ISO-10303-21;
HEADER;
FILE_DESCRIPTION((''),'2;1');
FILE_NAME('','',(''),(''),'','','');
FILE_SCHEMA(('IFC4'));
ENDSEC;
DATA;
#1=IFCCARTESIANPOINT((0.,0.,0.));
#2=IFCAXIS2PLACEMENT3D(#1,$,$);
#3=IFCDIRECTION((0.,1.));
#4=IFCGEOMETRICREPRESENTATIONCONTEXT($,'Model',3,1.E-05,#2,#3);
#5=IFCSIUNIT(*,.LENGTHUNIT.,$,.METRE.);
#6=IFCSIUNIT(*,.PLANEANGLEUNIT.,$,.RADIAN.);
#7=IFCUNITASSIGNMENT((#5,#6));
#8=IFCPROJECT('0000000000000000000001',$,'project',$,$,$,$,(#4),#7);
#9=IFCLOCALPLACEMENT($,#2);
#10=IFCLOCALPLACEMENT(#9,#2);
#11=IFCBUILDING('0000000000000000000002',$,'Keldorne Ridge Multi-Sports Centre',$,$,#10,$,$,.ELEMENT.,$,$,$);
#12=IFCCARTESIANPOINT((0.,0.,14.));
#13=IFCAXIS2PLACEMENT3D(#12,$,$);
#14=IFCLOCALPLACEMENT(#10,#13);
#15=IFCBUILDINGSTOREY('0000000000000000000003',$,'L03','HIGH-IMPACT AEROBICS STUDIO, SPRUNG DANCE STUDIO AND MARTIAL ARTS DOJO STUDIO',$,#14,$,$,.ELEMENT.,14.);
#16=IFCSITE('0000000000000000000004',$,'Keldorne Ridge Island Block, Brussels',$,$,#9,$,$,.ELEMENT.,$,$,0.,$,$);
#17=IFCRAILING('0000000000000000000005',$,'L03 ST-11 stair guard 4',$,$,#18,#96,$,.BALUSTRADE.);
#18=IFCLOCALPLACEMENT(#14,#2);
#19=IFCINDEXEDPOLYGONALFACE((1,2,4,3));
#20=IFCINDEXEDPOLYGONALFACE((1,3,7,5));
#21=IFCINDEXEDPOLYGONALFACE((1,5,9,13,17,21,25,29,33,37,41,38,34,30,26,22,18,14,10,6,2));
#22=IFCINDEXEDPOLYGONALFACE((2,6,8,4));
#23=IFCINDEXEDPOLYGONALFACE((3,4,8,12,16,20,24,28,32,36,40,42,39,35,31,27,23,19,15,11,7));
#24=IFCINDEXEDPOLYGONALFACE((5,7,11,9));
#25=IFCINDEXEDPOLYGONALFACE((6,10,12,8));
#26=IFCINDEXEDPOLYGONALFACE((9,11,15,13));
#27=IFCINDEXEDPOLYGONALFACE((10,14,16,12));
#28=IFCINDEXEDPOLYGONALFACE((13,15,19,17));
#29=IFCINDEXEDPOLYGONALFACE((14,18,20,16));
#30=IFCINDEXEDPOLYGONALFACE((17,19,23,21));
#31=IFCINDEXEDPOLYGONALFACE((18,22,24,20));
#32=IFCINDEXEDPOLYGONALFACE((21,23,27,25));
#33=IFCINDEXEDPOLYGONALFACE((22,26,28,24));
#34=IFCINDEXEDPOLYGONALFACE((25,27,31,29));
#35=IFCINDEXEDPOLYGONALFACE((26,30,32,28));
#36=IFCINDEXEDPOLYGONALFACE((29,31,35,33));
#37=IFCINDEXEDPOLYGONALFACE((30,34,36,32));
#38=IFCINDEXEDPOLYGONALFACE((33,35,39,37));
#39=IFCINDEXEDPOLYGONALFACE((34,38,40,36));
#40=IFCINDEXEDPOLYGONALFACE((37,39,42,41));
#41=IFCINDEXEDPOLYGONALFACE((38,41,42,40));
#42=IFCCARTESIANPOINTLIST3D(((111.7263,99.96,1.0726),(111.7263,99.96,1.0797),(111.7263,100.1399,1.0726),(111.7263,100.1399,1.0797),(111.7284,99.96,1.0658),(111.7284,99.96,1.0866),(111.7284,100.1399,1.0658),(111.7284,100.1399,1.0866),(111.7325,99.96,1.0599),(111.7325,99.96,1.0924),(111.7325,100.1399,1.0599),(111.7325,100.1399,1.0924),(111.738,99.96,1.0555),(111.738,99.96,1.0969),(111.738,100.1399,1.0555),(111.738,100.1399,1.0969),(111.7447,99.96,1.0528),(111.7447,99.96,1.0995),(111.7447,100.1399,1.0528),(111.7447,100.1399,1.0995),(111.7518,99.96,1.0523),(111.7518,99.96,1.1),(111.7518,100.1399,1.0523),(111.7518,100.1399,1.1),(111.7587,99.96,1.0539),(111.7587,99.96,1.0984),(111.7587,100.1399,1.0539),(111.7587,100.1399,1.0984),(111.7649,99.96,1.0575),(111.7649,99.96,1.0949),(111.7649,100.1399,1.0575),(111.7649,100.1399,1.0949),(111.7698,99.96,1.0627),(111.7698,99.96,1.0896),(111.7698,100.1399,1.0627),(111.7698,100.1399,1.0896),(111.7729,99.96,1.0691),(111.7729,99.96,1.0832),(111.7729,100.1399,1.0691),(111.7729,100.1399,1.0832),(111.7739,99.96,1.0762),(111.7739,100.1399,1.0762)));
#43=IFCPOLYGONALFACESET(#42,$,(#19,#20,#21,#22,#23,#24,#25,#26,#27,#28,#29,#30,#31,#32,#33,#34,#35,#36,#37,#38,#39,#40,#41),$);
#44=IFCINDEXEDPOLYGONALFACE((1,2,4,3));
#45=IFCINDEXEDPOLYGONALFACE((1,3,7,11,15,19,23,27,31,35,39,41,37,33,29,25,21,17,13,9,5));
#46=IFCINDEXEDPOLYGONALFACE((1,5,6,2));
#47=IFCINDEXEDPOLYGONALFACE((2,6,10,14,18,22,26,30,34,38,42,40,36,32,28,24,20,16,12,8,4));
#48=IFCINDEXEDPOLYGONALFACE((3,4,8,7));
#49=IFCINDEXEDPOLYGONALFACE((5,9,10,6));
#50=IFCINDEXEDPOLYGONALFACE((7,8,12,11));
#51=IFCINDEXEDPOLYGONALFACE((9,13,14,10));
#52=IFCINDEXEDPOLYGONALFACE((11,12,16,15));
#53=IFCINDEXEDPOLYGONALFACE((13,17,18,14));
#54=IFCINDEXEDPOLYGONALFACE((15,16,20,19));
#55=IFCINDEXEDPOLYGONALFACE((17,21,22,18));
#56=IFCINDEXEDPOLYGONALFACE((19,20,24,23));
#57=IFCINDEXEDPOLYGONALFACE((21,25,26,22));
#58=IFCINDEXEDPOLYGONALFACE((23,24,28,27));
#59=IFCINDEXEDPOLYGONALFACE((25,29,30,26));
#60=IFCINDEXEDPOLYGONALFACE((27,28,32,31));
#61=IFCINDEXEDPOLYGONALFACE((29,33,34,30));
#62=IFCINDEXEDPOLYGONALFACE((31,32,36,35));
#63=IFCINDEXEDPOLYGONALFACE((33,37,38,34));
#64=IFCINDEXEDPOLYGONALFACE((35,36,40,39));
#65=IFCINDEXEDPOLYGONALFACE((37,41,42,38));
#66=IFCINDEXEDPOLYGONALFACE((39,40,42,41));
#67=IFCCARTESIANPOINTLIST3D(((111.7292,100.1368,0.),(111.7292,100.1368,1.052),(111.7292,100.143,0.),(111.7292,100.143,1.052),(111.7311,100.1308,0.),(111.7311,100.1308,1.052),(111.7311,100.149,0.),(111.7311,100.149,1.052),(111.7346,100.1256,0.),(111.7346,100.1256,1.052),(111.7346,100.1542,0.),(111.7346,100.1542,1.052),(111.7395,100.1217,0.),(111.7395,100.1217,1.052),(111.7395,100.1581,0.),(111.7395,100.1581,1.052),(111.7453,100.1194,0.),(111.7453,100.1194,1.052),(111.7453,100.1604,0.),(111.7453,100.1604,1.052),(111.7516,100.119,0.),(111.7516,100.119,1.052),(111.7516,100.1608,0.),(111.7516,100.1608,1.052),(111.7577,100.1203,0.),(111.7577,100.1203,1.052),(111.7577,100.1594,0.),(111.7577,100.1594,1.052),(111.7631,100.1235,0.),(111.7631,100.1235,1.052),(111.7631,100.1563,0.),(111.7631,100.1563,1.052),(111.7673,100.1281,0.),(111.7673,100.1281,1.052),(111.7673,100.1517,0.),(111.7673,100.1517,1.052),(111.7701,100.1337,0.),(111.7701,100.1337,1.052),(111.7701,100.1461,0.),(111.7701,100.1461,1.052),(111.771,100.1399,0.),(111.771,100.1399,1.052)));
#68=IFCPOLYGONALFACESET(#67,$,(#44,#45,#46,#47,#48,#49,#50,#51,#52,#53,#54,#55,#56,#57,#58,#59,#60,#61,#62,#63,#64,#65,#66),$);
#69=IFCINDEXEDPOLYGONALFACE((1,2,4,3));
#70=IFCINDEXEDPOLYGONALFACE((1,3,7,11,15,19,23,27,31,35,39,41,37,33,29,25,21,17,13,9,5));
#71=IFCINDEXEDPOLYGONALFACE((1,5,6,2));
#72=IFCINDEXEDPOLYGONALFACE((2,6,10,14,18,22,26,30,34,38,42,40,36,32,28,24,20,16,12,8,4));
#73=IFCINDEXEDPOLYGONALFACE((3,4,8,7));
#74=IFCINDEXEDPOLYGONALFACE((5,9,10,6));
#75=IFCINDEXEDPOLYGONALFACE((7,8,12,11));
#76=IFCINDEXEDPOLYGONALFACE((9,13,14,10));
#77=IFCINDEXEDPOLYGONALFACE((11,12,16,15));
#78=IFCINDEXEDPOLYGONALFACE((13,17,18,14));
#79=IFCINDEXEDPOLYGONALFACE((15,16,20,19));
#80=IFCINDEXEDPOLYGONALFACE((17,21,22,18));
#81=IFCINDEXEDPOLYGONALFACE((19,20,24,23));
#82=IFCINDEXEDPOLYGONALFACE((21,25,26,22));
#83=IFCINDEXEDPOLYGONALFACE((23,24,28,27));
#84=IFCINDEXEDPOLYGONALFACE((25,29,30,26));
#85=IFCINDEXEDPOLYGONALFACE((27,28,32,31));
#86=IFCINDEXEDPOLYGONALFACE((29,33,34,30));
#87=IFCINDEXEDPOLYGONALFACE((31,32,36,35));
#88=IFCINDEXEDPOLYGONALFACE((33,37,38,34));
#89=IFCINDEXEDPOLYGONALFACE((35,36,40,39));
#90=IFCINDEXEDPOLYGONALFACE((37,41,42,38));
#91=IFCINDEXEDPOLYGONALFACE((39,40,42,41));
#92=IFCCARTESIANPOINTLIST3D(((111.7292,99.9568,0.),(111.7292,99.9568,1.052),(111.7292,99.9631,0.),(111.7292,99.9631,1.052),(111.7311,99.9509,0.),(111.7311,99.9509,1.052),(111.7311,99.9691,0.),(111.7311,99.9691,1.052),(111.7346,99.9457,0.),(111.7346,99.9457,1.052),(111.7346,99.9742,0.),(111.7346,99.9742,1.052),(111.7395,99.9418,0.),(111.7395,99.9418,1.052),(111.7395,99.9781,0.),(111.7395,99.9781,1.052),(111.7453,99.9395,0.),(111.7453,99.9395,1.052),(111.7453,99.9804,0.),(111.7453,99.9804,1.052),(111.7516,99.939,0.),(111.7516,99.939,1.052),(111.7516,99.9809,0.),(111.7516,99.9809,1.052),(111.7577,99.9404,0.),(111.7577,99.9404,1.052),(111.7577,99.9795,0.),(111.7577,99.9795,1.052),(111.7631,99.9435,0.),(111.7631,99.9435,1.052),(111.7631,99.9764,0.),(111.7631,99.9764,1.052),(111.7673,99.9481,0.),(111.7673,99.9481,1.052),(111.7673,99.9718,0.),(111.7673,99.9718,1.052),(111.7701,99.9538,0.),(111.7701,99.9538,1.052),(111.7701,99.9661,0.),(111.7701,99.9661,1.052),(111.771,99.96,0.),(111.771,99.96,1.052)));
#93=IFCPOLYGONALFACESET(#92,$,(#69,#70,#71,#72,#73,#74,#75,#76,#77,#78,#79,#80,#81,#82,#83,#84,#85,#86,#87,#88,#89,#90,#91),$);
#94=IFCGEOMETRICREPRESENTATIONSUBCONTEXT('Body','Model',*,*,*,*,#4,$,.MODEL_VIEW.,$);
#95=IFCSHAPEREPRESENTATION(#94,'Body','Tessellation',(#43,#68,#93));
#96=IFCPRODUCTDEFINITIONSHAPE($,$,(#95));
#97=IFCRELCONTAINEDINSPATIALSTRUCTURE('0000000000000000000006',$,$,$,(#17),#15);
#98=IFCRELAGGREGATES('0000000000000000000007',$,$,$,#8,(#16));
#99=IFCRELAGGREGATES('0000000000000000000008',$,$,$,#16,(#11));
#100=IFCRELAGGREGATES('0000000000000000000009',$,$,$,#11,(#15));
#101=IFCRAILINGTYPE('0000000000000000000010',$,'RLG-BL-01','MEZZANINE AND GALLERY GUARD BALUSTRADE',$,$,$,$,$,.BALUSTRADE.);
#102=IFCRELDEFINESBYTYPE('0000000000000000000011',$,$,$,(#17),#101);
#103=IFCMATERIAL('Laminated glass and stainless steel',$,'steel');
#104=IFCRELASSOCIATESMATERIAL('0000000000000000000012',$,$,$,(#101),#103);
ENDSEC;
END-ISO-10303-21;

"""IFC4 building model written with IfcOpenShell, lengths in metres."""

from ifc_helpers import new_model, si_unit, direction, frame, origin, origin_2d, place, context, subcontext, project, spatial, circle, extrude, material, type_object, element, save


model = new_model("IFC4")

# Units and contexts
model_context = context("Model", 3, precision=1e-05, world=origin(), true_north=direction((0.0, 1.0)))
body_context = subcontext(model_context, "Body", "Model", "MODEL_VIEW")
ifc_project = project(units=[si_unit("LENGTHUNIT", "METRE"), si_unit("PLANEANGLEUNIT", "RADIAN")], contexts=[model_context])

# Site, building, storey
site_placement = place(None, origin())
site = spatial("IfcSite", under=ifc_project, at=site_placement, Name="Keldorne Ridge Island Block, Brussels", CompositionType="ELEMENT", RefElevation=0.0)
building_placement = place(site_placement, origin())
building = spatial("IfcBuilding", under=site, at=building_placement, Name="Keldorne Ridge Multi-Sports Centre", CompositionType="ELEMENT")
storey_placement = place(building_placement, frame((0.0, 0.0, 14.0)))
storey = spatial("IfcBuildingStorey", under=building, at=storey_placement, Name="L03", Description="HIGH-IMPACT AEROBICS STUDIO, SPRUNG DANCE STUDIO AND MARTIAL ARTS DOJO STUDIO", CompositionType="ELEMENT", Elevation=14.0)

# Railing
ifc_material_1 = material(Name="Laminated glass and stainless steel", Category="steel")
railing_type_1 = type_object("IfcRailingType", Name="RLG-BL-01", Description="MEZZANINE AND GALLERY GUARD BALUSTRADE", PredefinedType="BALUSTRADE", material=ifc_material_1)
railing_1_placement = place(storey_placement, frame((111.75, 100.1399, 0.0)))
element("IfcRailing", 1, at=railing_1_placement, inside=storey, type_object=railing_type_1, Name="L03 ST-11 stair guard 4", PredefinedType="BALUSTRADE", context=body_context, shape_type="SweptSolid", body=[
    extrude(circle(Radius=0.0239, at=origin_2d()), frame((0.0, 0.0, 1.0762), z_axis=(0.0, -1.0, 0.0), x_axis=(1.0, 0.0, 0.0)), (0.0, 0.0, 1.0), 0.1799),
    extrude(circle(Radius=0.021, at=origin_2d()), origin(), (0.0, 0.0, 1.0), 1.052),
    extrude(circle(Radius=0.021, at=origin_2d()), frame((0.0, -0.1799, 0.0)), (0.0, 0.0, 1.0), 1.052),
])

save(model, "model.ifc")
